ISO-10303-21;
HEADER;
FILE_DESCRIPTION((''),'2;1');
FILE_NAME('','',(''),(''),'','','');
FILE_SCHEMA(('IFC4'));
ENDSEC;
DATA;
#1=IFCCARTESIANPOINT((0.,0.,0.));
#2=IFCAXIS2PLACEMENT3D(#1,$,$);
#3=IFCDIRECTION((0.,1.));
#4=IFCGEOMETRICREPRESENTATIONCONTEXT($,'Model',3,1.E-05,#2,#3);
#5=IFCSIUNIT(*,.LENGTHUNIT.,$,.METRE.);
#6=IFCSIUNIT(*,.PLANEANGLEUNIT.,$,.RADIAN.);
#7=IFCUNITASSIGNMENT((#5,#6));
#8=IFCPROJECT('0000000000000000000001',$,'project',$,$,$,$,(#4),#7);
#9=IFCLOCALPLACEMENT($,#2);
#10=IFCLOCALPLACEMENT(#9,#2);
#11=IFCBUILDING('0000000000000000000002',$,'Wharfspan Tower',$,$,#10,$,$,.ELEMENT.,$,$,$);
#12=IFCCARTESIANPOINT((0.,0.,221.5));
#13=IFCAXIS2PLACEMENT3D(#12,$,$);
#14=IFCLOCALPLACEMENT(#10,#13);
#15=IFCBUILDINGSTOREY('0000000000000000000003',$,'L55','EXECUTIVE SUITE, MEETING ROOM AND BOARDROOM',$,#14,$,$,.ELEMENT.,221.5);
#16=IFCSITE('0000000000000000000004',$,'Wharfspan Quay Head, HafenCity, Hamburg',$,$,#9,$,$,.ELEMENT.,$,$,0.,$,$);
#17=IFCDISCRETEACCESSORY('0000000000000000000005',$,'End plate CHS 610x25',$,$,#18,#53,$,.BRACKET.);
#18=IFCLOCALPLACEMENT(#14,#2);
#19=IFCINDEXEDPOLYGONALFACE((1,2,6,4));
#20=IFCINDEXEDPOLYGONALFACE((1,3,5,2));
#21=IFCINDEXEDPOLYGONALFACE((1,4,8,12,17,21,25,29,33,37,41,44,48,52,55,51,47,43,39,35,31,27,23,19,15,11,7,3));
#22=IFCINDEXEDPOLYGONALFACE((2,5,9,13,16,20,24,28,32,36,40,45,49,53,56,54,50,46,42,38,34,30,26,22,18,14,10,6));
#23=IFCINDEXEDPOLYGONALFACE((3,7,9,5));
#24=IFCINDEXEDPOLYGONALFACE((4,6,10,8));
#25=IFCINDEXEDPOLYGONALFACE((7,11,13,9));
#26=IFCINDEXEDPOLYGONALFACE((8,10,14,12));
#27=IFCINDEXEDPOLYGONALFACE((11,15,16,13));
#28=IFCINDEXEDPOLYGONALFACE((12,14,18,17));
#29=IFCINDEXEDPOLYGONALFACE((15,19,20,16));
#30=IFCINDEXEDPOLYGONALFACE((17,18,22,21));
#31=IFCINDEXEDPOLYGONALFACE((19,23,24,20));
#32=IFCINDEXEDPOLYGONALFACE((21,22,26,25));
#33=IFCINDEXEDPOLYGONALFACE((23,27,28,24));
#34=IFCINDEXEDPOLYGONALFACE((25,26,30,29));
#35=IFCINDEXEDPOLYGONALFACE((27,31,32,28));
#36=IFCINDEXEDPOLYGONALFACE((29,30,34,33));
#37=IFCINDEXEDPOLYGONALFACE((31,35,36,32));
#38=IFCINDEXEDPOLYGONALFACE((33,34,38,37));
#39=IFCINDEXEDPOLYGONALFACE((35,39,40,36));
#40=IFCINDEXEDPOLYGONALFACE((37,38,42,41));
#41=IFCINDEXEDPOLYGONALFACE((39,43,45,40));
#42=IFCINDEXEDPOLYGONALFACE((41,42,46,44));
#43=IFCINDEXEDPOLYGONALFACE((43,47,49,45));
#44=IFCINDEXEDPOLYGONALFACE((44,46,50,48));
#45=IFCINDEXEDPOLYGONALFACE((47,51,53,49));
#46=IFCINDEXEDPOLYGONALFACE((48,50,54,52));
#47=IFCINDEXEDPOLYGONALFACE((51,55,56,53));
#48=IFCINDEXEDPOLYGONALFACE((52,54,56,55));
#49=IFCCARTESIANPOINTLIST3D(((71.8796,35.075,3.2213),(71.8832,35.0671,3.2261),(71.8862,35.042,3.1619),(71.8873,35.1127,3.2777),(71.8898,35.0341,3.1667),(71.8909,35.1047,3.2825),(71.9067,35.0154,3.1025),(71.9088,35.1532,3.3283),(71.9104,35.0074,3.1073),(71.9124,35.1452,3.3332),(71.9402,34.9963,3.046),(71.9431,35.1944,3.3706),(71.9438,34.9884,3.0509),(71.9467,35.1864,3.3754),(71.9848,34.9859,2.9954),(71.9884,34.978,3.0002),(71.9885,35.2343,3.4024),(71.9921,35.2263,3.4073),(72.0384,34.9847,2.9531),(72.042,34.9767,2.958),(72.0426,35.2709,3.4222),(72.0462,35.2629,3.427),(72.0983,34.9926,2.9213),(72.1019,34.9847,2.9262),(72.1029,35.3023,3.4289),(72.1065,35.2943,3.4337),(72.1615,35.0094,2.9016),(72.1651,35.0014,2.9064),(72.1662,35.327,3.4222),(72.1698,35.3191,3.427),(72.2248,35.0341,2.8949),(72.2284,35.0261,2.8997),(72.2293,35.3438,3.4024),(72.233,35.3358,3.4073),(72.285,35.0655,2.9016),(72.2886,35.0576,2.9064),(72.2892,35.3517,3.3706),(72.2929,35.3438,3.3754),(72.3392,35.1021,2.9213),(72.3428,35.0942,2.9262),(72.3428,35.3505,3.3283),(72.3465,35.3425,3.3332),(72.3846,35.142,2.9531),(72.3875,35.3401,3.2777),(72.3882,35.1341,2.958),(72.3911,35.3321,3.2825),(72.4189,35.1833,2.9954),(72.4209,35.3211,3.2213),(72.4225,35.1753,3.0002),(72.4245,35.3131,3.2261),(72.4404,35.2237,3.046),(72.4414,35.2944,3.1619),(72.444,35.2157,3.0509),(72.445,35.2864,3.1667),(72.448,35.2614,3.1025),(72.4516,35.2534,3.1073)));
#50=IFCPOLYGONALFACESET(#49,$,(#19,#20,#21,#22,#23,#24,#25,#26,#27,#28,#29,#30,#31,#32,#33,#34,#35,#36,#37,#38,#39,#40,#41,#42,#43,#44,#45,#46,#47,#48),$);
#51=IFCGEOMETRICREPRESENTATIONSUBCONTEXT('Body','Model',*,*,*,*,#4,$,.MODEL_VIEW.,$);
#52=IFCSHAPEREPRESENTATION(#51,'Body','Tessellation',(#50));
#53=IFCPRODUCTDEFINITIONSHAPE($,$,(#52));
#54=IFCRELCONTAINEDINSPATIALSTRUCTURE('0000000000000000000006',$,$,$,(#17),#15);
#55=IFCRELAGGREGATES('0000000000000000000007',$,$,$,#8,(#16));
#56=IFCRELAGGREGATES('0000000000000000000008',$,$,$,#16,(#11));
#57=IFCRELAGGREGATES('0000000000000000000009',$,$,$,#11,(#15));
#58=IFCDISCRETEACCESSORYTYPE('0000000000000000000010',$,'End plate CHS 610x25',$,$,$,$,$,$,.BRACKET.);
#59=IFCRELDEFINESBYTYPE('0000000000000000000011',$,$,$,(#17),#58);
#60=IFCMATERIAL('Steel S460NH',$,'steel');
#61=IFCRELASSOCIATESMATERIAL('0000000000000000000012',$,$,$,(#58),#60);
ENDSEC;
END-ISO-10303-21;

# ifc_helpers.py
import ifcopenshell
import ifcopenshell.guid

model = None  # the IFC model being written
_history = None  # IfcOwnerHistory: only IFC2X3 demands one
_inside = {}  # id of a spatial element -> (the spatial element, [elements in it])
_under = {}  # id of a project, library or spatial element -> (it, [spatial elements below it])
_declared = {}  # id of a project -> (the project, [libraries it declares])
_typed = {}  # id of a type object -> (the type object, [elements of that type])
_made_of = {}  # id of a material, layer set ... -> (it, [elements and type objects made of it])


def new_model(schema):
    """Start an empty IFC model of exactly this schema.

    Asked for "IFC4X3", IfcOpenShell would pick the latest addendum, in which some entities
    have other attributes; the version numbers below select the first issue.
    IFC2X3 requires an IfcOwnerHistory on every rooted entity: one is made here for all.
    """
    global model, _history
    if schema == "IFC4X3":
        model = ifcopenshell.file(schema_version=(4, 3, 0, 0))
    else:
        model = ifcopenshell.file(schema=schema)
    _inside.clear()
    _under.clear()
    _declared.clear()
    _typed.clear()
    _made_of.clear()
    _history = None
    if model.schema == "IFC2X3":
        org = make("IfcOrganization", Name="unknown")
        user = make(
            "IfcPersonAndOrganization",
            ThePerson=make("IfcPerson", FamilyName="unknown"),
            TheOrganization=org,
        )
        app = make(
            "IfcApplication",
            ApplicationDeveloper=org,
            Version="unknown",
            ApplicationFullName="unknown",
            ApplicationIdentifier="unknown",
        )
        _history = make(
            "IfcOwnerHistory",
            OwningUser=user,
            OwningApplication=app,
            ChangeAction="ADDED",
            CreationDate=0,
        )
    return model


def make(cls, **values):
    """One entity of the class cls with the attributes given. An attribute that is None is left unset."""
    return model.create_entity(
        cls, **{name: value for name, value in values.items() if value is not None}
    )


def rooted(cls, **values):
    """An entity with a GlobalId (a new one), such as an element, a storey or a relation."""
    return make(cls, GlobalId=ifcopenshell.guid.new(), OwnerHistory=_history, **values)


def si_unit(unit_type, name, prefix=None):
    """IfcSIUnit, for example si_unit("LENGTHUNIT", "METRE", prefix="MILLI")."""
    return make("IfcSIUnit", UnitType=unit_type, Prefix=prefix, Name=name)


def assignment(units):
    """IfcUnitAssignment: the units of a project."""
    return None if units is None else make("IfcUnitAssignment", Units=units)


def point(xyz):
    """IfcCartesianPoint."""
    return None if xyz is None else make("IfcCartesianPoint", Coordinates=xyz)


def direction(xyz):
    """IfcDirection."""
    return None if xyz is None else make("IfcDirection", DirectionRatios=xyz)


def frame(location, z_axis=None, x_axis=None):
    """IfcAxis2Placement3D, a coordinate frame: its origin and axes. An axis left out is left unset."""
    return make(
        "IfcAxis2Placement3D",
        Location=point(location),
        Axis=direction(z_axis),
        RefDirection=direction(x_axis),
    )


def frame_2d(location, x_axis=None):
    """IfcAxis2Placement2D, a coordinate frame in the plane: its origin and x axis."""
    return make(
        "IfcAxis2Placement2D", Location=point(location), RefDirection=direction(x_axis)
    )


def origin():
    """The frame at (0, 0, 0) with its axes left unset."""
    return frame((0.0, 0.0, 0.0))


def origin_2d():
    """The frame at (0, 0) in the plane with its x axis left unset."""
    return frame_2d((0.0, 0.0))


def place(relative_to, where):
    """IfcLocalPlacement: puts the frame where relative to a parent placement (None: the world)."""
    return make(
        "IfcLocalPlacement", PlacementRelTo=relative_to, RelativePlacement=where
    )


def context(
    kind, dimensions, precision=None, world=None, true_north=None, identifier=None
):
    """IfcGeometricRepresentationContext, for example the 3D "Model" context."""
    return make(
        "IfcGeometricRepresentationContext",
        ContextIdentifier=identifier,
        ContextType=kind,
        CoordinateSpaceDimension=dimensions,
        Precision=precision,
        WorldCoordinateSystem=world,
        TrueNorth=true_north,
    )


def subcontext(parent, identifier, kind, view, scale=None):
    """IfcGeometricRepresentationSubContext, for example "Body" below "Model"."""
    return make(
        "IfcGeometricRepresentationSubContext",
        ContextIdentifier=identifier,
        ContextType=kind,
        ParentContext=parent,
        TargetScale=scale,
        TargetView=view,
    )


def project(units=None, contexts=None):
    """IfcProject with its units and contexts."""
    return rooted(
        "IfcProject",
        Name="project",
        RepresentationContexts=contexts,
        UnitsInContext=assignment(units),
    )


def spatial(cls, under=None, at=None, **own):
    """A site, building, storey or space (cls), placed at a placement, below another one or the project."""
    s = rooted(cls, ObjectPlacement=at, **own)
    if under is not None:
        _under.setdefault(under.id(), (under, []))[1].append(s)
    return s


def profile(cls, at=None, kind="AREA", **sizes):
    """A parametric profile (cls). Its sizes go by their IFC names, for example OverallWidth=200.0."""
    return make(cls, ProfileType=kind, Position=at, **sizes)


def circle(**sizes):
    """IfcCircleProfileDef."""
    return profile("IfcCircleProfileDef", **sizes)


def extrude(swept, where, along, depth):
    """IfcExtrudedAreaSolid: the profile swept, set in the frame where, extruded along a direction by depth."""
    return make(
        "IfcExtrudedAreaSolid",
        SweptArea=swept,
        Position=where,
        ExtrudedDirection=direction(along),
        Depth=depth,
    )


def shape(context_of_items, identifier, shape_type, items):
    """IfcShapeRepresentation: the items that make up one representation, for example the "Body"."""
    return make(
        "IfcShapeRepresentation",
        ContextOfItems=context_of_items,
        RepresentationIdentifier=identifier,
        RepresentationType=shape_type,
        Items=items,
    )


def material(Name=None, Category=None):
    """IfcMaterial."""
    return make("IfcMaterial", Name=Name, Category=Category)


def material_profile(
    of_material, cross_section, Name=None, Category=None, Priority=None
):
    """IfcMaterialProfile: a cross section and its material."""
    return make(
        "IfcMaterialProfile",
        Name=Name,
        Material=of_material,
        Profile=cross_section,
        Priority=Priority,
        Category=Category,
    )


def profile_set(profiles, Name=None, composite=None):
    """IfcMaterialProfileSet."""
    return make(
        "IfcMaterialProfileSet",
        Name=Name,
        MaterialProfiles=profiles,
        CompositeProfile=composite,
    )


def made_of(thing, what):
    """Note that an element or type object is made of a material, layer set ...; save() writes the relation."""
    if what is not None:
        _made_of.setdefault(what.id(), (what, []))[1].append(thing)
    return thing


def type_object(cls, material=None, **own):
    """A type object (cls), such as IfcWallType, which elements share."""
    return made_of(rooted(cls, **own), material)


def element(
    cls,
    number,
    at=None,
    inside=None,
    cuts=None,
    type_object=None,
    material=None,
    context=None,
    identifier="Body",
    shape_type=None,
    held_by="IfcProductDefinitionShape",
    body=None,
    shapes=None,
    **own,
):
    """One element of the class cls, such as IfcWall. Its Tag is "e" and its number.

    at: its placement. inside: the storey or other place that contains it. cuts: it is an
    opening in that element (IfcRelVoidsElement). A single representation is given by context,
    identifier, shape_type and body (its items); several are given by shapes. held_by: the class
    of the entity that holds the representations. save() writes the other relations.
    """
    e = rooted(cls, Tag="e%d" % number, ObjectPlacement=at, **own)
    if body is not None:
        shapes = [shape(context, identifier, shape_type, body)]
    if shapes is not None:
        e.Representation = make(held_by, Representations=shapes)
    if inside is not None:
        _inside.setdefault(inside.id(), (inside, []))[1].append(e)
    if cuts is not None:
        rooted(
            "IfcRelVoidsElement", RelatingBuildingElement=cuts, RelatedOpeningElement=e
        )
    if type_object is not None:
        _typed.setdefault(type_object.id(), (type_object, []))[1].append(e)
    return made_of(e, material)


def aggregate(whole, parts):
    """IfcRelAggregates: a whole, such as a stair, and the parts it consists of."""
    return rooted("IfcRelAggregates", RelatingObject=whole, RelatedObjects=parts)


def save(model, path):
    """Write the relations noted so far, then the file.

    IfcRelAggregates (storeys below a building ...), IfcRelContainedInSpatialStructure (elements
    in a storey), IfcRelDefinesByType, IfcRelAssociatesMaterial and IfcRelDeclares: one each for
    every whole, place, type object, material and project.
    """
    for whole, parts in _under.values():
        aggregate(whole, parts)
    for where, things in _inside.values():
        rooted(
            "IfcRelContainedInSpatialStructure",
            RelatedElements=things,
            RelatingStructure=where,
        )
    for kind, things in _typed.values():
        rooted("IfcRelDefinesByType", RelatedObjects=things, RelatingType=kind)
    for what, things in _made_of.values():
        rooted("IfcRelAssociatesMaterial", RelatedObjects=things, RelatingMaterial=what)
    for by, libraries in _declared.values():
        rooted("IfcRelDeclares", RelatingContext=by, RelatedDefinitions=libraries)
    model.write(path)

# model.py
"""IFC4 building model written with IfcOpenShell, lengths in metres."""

from ifc_helpers import new_model, si_unit, direction, frame, origin, origin_2d, place, context, subcontext, project, spatial, circle, extrude, material, material_profile, profile_set, type_object, element, save


model = new_model("IFC4")

# Units and contexts
model_context = context("Model", 3, precision=1e-05, world=origin(), true_north=direction((0.0, 1.0)))
body_context = subcontext(model_context, "Body", "Model", "MODEL_VIEW")
ifc_project = project(units=[si_unit("LENGTHUNIT", "METRE"), si_unit("PLANEANGLEUNIT", "RADIAN")], contexts=[model_context])

# Site, building, storey
site_placement = place(None, origin())
site = spatial("IfcSite", under=ifc_project, at=site_placement, Name="Wharfspan Quay Head, HafenCity, Hamburg", CompositionType="ELEMENT", RefElevation=0.0)
building_placement = place(site_placement, origin())
building = spatial("IfcBuilding", under=site, at=building_placement, Name="Wharfspan Tower", CompositionType="ELEMENT")
storey_placement = place(building_placement, frame((0.0, 0.0, 221.5)))
storey = spatial("IfcBuildingStorey", under=building, at=storey_placement, Name="L55", Description="EXECUTIVE SUITE, MEETING ROOM AND BOARDROOM", CompositionType="ELEMENT", Elevation=221.5)

# Shared definitions
ifc_material_1 = material(Name="Steel S460NH", Category="steel")

# Discrete accessory
ifc_material_profile_1 = material_profile(ifc_material_1, circle(Radius=0.3049, at=origin_2d()))
ifc_profile_set_1 = profile_set([ifc_material_profile_1], Name="Steel S460NH")
discrete_accessory_type = type_object("IfcDiscreteAccessoryType", Name="End plate CHS 610x25", PredefinedType="BRACKET", material=ifc_profile_set_1)
for number, where, z_axis, x_axis, name in (
    (1, (72.1638, 35.1682, 3.1619), (0.362315, -0.797092, 0.483086), (0.910369, 0.413804, -0.000001), "End plate CHS 610x25"),
):
    element("IfcDiscreteAccessory", number, at=place(storey_placement, frame(where, z_axis=z_axis, x_axis=x_axis)), inside=storey, type_object=discrete_accessory_type, Name=name, PredefinedType="BRACKET", context=body_context, shape_type="SweptSolid", body=[
        extrude(circle(Radius=0.3049, at=origin_2d()), origin(), (0.0, 0.0, 1.0), 0.01),
    ])

save(model, "model.ifc")
